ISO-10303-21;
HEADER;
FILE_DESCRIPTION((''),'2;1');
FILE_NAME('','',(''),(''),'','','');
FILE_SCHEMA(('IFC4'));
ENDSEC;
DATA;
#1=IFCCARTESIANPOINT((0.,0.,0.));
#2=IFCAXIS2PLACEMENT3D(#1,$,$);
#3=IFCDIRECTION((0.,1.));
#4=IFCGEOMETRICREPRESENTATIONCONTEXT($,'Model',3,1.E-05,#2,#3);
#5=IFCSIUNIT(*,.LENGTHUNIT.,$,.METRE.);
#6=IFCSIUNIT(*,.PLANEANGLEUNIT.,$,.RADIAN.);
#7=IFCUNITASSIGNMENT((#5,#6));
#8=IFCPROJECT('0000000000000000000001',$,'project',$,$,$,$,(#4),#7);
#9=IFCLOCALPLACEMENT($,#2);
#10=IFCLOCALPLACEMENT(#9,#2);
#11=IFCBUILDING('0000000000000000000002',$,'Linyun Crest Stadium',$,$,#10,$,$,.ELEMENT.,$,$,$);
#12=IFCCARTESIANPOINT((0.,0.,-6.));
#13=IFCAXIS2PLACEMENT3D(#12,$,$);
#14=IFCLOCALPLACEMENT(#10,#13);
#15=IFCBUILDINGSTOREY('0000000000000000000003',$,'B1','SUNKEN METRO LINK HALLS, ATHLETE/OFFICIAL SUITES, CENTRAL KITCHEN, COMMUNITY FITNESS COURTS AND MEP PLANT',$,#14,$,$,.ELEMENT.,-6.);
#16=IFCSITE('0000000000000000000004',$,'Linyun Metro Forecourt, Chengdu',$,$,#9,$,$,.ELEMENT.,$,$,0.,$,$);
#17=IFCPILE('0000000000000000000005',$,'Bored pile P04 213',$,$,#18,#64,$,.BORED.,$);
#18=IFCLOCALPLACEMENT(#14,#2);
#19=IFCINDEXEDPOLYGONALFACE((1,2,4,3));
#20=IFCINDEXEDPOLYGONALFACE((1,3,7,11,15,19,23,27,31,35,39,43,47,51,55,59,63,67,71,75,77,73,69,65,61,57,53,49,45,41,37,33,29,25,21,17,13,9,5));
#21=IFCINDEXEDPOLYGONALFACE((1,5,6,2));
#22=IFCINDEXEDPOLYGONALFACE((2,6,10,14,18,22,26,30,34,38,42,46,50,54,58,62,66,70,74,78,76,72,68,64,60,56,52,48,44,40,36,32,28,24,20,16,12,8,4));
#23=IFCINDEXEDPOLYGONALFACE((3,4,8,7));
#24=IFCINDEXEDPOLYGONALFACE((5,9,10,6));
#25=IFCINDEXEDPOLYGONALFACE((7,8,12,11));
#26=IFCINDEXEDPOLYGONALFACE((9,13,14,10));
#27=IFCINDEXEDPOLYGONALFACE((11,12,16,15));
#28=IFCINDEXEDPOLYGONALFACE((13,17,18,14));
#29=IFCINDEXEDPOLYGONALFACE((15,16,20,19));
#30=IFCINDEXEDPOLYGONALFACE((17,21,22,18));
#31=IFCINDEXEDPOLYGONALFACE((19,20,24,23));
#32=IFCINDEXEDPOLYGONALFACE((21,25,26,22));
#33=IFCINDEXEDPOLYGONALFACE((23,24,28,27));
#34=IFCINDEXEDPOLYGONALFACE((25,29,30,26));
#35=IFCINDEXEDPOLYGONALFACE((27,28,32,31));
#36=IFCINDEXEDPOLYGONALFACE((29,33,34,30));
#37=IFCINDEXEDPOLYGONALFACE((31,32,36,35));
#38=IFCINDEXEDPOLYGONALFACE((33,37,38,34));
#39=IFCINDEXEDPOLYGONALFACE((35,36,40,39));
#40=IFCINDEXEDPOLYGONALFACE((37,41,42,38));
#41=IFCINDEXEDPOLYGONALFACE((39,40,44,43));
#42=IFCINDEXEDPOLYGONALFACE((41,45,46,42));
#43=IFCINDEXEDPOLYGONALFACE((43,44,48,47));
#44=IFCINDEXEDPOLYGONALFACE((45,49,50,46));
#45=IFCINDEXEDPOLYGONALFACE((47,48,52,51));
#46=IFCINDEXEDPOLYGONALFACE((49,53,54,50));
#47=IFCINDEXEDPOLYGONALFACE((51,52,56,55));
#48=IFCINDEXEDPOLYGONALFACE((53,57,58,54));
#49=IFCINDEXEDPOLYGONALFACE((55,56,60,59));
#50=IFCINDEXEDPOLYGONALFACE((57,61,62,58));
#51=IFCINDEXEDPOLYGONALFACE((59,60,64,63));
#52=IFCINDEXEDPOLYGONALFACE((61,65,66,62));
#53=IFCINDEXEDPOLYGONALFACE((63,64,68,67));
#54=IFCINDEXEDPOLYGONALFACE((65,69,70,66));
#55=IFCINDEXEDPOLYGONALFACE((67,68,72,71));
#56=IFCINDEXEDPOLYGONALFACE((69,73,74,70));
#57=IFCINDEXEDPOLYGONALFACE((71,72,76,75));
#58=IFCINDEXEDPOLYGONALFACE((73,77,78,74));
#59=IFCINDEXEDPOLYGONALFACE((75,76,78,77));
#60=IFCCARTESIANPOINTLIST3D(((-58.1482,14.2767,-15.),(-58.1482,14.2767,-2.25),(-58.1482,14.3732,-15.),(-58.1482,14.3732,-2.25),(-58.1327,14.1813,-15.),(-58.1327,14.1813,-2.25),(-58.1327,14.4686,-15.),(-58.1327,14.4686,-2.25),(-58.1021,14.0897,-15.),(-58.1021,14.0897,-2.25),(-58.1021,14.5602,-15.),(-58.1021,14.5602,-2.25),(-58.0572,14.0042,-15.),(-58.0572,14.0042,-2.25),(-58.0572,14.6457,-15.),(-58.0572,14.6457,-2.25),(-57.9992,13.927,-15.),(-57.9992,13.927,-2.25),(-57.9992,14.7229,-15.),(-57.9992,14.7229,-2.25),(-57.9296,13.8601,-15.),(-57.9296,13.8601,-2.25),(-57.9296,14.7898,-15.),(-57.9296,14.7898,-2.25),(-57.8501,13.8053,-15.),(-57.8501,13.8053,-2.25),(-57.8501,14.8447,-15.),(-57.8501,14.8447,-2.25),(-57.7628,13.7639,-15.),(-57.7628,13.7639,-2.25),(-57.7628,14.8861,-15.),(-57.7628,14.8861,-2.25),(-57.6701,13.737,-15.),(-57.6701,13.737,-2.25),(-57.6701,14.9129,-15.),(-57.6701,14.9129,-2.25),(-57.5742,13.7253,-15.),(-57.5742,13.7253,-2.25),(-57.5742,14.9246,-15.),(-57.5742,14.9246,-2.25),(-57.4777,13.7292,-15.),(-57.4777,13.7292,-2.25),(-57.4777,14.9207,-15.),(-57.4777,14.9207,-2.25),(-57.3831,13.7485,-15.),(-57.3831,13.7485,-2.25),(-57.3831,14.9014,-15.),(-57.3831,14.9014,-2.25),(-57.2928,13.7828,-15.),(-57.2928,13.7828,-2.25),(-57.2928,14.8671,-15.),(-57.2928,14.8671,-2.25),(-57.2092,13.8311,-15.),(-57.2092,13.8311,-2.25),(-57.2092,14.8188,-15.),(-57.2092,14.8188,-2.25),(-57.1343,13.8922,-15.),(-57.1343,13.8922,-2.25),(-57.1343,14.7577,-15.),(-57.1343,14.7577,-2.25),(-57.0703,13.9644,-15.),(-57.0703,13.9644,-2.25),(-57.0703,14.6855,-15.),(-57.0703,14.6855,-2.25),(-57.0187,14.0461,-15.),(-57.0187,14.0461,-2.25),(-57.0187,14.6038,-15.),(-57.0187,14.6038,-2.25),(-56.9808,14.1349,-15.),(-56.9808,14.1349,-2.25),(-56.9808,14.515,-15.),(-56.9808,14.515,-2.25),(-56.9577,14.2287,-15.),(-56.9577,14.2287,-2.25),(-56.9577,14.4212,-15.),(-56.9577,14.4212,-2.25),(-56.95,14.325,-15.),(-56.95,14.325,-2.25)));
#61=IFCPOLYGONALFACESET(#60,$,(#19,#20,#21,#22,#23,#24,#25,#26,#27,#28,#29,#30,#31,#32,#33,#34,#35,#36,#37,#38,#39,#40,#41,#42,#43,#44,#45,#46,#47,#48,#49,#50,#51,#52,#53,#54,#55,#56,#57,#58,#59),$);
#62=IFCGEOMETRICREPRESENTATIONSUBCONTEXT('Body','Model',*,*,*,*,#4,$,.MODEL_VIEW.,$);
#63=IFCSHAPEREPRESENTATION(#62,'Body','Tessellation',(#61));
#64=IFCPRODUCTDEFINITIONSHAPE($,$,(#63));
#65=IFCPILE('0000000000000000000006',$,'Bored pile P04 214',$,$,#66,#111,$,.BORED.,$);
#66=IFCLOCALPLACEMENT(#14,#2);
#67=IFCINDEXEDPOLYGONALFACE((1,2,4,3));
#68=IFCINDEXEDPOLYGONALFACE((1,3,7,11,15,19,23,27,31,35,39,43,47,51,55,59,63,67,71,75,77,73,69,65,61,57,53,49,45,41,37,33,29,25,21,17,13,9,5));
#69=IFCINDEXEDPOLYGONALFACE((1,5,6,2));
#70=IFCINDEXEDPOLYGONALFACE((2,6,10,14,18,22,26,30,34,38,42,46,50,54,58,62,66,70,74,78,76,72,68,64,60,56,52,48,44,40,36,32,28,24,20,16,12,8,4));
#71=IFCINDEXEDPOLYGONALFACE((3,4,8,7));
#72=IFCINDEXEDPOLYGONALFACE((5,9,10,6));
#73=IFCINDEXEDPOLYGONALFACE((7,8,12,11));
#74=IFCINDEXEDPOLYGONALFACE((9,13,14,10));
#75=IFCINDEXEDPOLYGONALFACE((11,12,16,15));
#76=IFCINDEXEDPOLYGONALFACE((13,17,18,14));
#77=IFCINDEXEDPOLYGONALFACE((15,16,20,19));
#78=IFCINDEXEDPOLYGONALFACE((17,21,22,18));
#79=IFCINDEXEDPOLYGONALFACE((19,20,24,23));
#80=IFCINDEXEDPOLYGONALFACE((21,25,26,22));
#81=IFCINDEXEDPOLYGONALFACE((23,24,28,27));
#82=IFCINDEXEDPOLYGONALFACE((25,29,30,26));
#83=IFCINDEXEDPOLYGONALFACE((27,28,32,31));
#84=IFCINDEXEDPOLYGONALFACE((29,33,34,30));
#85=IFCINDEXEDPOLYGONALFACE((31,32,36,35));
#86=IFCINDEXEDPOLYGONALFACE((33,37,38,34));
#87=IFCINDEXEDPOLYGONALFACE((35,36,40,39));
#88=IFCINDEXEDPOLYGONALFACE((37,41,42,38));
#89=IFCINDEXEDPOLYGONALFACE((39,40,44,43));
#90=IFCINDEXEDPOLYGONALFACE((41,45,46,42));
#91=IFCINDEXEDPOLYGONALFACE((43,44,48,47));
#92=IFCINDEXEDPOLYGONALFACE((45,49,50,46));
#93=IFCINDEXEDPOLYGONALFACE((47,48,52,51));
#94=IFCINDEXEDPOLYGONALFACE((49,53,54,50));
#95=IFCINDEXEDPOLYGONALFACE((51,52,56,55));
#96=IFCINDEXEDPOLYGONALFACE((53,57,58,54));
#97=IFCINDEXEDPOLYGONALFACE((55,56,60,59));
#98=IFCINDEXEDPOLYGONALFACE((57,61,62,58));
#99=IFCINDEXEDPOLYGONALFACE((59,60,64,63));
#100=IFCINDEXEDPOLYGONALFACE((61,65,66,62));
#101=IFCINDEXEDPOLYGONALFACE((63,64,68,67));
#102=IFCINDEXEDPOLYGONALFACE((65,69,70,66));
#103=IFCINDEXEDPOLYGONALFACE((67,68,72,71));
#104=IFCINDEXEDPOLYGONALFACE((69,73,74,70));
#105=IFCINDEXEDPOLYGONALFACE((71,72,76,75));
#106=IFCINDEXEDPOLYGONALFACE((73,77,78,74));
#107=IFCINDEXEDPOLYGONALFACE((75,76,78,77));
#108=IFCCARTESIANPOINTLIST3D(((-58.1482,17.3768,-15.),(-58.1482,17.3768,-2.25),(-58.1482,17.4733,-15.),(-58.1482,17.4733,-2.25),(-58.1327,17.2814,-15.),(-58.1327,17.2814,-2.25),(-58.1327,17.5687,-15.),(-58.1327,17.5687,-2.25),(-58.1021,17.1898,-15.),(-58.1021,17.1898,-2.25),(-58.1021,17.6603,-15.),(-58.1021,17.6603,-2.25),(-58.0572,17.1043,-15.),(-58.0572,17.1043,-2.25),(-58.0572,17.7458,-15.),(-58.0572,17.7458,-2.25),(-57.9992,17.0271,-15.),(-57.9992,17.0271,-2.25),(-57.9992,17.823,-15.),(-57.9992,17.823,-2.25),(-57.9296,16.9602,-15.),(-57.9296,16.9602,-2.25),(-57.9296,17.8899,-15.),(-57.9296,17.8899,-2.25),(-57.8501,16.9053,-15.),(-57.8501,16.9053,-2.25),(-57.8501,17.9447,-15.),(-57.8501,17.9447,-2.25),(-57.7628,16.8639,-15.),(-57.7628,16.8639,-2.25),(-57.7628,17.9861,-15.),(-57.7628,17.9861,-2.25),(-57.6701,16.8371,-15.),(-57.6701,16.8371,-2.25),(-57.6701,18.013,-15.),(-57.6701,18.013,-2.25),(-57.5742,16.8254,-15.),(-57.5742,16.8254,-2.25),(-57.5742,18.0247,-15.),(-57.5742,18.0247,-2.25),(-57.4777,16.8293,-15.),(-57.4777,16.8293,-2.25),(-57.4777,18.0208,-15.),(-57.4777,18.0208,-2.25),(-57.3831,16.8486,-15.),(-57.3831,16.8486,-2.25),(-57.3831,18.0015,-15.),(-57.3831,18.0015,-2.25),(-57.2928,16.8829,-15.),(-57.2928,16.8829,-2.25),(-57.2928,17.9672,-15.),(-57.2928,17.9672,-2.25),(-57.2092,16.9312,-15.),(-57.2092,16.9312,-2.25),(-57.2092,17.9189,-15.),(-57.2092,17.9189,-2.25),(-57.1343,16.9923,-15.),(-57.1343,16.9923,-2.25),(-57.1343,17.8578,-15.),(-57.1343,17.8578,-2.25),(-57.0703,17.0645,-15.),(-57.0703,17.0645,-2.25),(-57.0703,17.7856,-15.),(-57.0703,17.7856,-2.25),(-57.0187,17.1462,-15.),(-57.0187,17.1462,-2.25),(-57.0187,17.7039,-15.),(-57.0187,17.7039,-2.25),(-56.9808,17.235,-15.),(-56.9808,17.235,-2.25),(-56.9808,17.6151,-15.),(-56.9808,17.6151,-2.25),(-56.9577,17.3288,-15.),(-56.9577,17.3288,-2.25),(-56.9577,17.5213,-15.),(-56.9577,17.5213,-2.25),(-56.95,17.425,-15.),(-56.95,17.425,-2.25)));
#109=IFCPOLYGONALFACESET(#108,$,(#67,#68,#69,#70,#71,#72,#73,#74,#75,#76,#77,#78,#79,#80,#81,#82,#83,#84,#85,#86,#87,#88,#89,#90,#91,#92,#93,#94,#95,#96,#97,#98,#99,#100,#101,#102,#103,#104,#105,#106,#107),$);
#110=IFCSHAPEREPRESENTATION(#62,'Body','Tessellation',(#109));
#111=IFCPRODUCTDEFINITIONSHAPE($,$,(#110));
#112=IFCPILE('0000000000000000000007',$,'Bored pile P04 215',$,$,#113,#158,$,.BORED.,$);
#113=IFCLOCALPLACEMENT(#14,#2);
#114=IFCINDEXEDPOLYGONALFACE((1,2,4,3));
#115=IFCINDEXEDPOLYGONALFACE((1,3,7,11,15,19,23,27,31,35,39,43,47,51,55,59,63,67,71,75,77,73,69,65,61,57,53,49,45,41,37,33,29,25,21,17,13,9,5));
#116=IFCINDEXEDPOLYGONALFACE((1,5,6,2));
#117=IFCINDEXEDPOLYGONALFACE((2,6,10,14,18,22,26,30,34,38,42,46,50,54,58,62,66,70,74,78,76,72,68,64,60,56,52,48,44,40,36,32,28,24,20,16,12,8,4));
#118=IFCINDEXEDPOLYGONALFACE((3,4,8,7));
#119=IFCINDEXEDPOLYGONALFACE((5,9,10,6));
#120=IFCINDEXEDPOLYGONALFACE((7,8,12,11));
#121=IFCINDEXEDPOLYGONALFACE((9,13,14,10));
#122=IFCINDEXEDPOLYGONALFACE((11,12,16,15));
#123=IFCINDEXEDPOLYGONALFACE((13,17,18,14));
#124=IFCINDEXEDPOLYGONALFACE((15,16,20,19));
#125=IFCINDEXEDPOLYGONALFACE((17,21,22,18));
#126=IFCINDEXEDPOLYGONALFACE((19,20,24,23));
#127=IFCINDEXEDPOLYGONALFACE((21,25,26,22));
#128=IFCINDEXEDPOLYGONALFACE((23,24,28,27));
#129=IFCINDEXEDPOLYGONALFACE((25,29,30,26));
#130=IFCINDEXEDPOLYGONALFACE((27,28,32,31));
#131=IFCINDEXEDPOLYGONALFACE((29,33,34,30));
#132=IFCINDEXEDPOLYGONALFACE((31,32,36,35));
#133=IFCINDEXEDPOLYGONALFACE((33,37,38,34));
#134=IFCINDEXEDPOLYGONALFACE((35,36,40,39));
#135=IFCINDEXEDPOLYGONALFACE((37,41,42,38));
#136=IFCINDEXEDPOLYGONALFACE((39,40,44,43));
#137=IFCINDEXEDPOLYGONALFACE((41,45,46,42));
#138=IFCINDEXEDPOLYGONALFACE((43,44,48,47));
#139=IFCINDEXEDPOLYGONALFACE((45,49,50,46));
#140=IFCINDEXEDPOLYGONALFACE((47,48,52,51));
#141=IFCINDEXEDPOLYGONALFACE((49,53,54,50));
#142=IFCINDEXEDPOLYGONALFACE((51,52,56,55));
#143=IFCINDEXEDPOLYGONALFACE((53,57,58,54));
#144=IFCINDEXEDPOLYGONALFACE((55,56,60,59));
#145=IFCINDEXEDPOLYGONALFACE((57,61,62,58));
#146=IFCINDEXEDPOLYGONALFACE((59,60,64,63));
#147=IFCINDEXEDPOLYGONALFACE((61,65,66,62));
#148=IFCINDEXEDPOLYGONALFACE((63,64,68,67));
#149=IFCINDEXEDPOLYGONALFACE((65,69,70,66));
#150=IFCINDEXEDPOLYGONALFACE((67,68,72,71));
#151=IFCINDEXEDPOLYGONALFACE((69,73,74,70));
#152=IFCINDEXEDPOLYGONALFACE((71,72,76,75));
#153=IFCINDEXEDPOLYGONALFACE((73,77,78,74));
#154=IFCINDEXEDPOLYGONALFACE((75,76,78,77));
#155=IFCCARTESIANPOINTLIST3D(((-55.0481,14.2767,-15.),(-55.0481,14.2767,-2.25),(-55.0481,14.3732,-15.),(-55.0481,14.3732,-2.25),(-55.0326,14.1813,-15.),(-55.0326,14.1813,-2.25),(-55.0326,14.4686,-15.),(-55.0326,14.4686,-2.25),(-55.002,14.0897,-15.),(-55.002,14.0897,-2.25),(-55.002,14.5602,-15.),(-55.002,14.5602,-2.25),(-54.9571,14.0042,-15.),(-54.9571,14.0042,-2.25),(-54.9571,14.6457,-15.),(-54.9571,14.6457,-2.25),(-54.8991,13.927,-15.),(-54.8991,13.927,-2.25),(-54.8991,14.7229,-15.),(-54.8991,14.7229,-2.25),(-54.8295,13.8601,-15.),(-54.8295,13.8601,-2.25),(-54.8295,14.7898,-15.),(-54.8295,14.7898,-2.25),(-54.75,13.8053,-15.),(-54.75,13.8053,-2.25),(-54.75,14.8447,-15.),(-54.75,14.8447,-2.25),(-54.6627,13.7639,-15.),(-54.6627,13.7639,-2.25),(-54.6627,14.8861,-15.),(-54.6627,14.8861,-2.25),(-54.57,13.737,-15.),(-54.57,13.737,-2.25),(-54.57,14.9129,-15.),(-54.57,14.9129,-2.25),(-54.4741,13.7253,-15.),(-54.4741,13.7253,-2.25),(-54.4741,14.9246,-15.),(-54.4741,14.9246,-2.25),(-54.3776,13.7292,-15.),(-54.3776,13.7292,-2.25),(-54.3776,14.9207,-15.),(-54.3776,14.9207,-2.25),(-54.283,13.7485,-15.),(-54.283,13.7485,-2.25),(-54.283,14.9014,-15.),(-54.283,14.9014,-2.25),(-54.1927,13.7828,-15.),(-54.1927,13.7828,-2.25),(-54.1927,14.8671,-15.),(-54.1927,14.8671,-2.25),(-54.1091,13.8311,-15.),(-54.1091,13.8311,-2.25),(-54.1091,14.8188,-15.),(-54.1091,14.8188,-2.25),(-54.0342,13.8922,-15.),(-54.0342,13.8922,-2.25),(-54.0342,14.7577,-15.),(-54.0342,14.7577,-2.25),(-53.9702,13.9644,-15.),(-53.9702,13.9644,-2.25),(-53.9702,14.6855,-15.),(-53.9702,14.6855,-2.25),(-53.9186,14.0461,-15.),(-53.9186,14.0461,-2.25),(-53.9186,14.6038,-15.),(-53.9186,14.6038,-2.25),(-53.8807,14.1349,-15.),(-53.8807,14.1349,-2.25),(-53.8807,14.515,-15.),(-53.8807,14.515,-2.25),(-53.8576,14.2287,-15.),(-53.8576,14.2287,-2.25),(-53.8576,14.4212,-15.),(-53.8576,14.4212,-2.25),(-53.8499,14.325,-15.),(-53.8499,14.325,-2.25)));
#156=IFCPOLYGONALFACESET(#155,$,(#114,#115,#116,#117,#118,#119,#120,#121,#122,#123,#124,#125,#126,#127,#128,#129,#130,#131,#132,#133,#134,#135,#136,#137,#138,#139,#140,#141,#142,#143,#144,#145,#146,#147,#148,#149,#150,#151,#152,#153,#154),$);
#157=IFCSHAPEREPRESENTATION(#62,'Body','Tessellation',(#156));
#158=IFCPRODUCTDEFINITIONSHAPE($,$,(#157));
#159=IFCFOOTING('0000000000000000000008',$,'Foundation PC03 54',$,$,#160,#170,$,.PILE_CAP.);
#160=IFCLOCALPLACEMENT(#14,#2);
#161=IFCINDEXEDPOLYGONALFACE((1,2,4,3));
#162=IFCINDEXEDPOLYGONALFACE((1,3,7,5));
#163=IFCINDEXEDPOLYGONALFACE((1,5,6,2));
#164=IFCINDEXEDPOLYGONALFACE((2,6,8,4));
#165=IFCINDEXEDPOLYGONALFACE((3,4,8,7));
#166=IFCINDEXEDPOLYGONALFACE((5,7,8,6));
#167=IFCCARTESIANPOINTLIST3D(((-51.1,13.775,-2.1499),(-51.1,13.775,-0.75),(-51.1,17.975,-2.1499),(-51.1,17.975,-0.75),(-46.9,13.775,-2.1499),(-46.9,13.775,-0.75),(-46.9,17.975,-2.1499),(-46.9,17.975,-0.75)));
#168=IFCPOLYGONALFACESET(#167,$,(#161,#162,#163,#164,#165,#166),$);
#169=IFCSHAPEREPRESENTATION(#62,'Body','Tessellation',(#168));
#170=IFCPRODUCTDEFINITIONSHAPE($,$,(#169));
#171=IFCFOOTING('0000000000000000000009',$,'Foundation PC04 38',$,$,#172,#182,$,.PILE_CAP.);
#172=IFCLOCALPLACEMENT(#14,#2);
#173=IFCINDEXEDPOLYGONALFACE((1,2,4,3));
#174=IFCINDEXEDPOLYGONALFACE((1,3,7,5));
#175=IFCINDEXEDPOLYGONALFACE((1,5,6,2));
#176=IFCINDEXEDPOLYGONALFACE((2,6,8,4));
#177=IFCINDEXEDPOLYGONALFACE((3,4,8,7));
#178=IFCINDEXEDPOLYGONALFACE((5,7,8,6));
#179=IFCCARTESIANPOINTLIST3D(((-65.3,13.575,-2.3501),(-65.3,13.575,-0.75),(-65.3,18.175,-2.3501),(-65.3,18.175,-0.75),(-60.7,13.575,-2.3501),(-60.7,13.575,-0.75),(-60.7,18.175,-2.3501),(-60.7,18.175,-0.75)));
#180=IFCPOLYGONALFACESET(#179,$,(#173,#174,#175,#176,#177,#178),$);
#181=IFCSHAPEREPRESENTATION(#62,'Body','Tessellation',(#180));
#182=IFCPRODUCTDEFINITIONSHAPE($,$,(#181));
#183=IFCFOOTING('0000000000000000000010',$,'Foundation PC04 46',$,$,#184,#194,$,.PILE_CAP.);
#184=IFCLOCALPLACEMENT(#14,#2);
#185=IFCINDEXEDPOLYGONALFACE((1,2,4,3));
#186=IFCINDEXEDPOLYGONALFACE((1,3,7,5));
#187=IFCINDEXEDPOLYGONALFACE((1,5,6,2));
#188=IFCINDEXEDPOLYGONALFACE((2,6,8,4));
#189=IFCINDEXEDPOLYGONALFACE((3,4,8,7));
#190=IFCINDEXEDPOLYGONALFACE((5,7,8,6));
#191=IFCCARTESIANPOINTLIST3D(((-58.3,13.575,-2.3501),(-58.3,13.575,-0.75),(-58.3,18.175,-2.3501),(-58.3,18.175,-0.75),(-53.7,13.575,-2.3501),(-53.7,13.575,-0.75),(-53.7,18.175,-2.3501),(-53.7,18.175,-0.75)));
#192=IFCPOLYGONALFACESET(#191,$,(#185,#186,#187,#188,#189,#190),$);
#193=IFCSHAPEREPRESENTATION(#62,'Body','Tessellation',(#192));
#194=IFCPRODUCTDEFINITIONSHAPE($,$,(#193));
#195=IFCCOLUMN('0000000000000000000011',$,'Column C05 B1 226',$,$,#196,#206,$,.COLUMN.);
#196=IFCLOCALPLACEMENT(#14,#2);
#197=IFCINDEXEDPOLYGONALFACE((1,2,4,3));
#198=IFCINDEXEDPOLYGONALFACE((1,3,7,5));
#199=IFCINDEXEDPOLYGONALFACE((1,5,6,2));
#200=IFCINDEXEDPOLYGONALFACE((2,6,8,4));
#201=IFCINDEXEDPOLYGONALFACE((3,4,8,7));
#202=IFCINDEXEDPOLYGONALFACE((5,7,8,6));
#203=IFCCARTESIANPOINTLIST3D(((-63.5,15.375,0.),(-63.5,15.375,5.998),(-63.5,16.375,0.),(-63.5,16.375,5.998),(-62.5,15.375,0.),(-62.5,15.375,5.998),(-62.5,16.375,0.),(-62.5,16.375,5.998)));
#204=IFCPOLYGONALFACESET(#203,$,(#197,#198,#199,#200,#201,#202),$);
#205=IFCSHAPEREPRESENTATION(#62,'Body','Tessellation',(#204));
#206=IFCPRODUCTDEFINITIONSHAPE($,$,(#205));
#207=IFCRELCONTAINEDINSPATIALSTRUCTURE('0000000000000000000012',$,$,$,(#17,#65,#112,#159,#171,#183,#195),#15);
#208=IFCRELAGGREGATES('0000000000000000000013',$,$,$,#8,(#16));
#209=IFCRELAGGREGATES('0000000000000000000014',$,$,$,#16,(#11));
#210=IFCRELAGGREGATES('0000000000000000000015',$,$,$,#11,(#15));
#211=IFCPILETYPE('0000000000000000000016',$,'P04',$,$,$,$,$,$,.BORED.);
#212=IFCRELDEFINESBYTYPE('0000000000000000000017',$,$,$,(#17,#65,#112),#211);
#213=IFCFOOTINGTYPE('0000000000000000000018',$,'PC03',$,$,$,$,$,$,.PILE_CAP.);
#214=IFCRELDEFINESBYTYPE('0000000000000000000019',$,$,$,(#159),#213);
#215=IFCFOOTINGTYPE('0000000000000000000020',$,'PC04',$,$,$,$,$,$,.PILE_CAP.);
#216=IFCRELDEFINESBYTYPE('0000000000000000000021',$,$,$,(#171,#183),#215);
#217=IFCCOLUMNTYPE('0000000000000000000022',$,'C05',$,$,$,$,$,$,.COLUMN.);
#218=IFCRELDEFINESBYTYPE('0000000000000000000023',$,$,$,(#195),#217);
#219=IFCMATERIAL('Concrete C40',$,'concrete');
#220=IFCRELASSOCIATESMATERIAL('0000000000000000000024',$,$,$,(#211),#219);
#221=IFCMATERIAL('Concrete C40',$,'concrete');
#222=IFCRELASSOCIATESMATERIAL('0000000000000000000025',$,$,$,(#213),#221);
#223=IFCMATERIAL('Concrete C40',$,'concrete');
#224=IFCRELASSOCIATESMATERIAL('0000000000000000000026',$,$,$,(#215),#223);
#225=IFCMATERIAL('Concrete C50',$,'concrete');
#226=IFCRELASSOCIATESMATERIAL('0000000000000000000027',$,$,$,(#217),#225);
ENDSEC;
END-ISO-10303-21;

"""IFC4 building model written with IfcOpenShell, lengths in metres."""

from ifc_helpers import new_model, si_unit, direction, frame, origin, origin_2d, place, context, subcontext, project, spatial, rectangle, circle, extrude, material, material_profile, profile_set, type_object, element, save


model = new_model("IFC4")

# Units and contexts
model_context = context("Model", 3, precision=1e-05, world=origin(), true_north=direction((0.0, 1.0)))
body_context = subcontext(model_context, "Body", "Model", "MODEL_VIEW")
ifc_project = project(units=[si_unit("LENGTHUNIT", "METRE"), si_unit("PLANEANGLEUNIT", "RADIAN")], contexts=[model_context])

# Site, building, storey
site_placement = place(None, origin())
site = spatial("IfcSite", under=ifc_project, at=site_placement, Name="Linyun Metro Forecourt, Chengdu", CompositionType="ELEMENT", RefElevation=0.0)
building_placement = place(site_placement, origin())
building = spatial("IfcBuilding", under=site, at=building_placement, Name="Linyun Crest Stadium", CompositionType="ELEMENT")
storey_placement = place(building_placement, frame((0.0, 0.0, -6.0)))
storey = spatial("IfcBuildingStorey", under=building, at=storey_placement, Name="B1", Description="SUNKEN METRO LINK HALLS, ATHLETE/OFFICIAL SUITES, CENTRAL KITCHEN, COMMUNITY FITNESS COURTS AND MEP PLANT", CompositionType="ELEMENT", Elevation=-6.0)

# Piles
ifc_material_1 = material(Name="Concrete C40", Category="concrete")
ifc_material_profile_1 = material_profile(ifc_material_1, circle(Radius=0.6001, at=origin_2d()), Name="BORED PILE 1200")
ifc_profile_set_1 = profile_set([ifc_material_profile_1], Name="Concrete C40")
pile_type_1 = type_object("IfcPileType", Name="P04", PredefinedType="BORED", material=ifc_profile_set_1)
for number, where, z_axis, x_axis, name in (
    (1, (-57.55, 14.325, -2.25), (0.0, 0.0, -1.0), (1.0, 0.0, 0.0), "Bored pile P04 213"),
    (2, (-57.55, 17.425, -2.25), (0.0, 0.0, -1.0), (1.0, 0.0, 0.0), "Bored pile P04 214"),
    (3, (-54.45, 14.325, -2.25), (0.0, 0.0, -1.0), (1.0, 0.0, 0.0), "Bored pile P04 215"),
):
    element("IfcPile", number, at=place(storey_placement, frame(where, z_axis=z_axis, x_axis=x_axis)), inside=storey, type_object=pile_type_1, Name=name, PredefinedType="BORED", context=body_context, shape_type="SweptSolid", body=[
        extrude(circle(Radius=0.6001, at=origin_2d()), origin(), (0.0, 0.0, 1.0), 12.75),
    ])

# Footings
ifc_material_2 = material(Name="Concrete C40", Category="concrete")
footing_type_1 = type_object("IfcFootingType", Name="PC03", PredefinedType="PILE_CAP", material=ifc_material_2)
footing_placement = place(storey_placement, frame((-49.0, 15.875, -2.1499), z_axis=(0.0, 0.0, 1.0), x_axis=(1.0, 0.0, 0.0)))
element("IfcFooting", 4, at=footing_placement, inside=storey, type_object=footing_type_1, Name="Foundation PC03 54", PredefinedType="PILE_CAP", context=body_context, shape_type="SweptSolid", body=[
    extrude(rectangle(XDim=4.2, YDim=4.2, at=origin_2d()), origin(), (0.0, 0.0, 1.0), 1.3999),
])
ifc_material_3 = material(Name="Concrete C40", Category="concrete")
footing_type_2 = type_object("IfcFootingType", Name="PC04", PredefinedType="PILE_CAP", material=ifc_material_3)
for number, where, z_axis, x_axis, name in (
    (5, (-63.0, 15.875, -2.3501), (0.0, 0.0, 1.0), (1.0, 0.0, 0.0), "Foundation PC04 38"),
    (6, (-56.0, 15.875, -2.3501), (0.0, 0.0, 1.0), (1.0, 0.0, 0.0), "Foundation PC04 46"),
):
    element("IfcFooting", number, at=place(storey_placement, frame(where, z_axis=z_axis, x_axis=x_axis)), inside=storey, type_object=footing_type_2, Name=name, PredefinedType="PILE_CAP", context=body_context, shape_type="SweptSolid", body=[
        extrude(rectangle(XDim=4.6001, YDim=4.6001, at=origin_2d()), origin(), (0.0, 0.0, 1.0), 1.6001),
    ])

# Column
ifc_material_4 = material(Name="Concrete C50", Category="concrete")
ifc_material_profile_2 = material_profile(ifc_material_4, rectangle(XDim=1.0, YDim=1.0, at=origin_2d()), Name="RC 1000x1000")
ifc_profile_set_2 = profile_set([ifc_material_profile_2], Name="Concrete C50")
column_type_1 = type_object("IfcColumnType", Name="C05", PredefinedType="COLUMN", material=ifc_profile_set_2)
for number, where, z_axis, x_axis, name in (
    (7, (-63.0, 15.875, 0.0), (0.0, 0.0, 1.0), (1.0, 0.0, 0.0), "Column C05 B1 226"),
):
    element("IfcColumn", number, at=place(storey_placement, frame(where, z_axis=z_axis, x_axis=x_axis)), inside=storey, type_object=column_type_1, Name=name, PredefinedType="COLUMN", context=body_context, shape_type="SweptSolid", body=[
        extrude(rectangle(XDim=1.0, YDim=1.0, at=origin_2d()), origin(), (0.0, 0.0, 1.0), 5.998),
    ])

save(model, "model.ifc")
